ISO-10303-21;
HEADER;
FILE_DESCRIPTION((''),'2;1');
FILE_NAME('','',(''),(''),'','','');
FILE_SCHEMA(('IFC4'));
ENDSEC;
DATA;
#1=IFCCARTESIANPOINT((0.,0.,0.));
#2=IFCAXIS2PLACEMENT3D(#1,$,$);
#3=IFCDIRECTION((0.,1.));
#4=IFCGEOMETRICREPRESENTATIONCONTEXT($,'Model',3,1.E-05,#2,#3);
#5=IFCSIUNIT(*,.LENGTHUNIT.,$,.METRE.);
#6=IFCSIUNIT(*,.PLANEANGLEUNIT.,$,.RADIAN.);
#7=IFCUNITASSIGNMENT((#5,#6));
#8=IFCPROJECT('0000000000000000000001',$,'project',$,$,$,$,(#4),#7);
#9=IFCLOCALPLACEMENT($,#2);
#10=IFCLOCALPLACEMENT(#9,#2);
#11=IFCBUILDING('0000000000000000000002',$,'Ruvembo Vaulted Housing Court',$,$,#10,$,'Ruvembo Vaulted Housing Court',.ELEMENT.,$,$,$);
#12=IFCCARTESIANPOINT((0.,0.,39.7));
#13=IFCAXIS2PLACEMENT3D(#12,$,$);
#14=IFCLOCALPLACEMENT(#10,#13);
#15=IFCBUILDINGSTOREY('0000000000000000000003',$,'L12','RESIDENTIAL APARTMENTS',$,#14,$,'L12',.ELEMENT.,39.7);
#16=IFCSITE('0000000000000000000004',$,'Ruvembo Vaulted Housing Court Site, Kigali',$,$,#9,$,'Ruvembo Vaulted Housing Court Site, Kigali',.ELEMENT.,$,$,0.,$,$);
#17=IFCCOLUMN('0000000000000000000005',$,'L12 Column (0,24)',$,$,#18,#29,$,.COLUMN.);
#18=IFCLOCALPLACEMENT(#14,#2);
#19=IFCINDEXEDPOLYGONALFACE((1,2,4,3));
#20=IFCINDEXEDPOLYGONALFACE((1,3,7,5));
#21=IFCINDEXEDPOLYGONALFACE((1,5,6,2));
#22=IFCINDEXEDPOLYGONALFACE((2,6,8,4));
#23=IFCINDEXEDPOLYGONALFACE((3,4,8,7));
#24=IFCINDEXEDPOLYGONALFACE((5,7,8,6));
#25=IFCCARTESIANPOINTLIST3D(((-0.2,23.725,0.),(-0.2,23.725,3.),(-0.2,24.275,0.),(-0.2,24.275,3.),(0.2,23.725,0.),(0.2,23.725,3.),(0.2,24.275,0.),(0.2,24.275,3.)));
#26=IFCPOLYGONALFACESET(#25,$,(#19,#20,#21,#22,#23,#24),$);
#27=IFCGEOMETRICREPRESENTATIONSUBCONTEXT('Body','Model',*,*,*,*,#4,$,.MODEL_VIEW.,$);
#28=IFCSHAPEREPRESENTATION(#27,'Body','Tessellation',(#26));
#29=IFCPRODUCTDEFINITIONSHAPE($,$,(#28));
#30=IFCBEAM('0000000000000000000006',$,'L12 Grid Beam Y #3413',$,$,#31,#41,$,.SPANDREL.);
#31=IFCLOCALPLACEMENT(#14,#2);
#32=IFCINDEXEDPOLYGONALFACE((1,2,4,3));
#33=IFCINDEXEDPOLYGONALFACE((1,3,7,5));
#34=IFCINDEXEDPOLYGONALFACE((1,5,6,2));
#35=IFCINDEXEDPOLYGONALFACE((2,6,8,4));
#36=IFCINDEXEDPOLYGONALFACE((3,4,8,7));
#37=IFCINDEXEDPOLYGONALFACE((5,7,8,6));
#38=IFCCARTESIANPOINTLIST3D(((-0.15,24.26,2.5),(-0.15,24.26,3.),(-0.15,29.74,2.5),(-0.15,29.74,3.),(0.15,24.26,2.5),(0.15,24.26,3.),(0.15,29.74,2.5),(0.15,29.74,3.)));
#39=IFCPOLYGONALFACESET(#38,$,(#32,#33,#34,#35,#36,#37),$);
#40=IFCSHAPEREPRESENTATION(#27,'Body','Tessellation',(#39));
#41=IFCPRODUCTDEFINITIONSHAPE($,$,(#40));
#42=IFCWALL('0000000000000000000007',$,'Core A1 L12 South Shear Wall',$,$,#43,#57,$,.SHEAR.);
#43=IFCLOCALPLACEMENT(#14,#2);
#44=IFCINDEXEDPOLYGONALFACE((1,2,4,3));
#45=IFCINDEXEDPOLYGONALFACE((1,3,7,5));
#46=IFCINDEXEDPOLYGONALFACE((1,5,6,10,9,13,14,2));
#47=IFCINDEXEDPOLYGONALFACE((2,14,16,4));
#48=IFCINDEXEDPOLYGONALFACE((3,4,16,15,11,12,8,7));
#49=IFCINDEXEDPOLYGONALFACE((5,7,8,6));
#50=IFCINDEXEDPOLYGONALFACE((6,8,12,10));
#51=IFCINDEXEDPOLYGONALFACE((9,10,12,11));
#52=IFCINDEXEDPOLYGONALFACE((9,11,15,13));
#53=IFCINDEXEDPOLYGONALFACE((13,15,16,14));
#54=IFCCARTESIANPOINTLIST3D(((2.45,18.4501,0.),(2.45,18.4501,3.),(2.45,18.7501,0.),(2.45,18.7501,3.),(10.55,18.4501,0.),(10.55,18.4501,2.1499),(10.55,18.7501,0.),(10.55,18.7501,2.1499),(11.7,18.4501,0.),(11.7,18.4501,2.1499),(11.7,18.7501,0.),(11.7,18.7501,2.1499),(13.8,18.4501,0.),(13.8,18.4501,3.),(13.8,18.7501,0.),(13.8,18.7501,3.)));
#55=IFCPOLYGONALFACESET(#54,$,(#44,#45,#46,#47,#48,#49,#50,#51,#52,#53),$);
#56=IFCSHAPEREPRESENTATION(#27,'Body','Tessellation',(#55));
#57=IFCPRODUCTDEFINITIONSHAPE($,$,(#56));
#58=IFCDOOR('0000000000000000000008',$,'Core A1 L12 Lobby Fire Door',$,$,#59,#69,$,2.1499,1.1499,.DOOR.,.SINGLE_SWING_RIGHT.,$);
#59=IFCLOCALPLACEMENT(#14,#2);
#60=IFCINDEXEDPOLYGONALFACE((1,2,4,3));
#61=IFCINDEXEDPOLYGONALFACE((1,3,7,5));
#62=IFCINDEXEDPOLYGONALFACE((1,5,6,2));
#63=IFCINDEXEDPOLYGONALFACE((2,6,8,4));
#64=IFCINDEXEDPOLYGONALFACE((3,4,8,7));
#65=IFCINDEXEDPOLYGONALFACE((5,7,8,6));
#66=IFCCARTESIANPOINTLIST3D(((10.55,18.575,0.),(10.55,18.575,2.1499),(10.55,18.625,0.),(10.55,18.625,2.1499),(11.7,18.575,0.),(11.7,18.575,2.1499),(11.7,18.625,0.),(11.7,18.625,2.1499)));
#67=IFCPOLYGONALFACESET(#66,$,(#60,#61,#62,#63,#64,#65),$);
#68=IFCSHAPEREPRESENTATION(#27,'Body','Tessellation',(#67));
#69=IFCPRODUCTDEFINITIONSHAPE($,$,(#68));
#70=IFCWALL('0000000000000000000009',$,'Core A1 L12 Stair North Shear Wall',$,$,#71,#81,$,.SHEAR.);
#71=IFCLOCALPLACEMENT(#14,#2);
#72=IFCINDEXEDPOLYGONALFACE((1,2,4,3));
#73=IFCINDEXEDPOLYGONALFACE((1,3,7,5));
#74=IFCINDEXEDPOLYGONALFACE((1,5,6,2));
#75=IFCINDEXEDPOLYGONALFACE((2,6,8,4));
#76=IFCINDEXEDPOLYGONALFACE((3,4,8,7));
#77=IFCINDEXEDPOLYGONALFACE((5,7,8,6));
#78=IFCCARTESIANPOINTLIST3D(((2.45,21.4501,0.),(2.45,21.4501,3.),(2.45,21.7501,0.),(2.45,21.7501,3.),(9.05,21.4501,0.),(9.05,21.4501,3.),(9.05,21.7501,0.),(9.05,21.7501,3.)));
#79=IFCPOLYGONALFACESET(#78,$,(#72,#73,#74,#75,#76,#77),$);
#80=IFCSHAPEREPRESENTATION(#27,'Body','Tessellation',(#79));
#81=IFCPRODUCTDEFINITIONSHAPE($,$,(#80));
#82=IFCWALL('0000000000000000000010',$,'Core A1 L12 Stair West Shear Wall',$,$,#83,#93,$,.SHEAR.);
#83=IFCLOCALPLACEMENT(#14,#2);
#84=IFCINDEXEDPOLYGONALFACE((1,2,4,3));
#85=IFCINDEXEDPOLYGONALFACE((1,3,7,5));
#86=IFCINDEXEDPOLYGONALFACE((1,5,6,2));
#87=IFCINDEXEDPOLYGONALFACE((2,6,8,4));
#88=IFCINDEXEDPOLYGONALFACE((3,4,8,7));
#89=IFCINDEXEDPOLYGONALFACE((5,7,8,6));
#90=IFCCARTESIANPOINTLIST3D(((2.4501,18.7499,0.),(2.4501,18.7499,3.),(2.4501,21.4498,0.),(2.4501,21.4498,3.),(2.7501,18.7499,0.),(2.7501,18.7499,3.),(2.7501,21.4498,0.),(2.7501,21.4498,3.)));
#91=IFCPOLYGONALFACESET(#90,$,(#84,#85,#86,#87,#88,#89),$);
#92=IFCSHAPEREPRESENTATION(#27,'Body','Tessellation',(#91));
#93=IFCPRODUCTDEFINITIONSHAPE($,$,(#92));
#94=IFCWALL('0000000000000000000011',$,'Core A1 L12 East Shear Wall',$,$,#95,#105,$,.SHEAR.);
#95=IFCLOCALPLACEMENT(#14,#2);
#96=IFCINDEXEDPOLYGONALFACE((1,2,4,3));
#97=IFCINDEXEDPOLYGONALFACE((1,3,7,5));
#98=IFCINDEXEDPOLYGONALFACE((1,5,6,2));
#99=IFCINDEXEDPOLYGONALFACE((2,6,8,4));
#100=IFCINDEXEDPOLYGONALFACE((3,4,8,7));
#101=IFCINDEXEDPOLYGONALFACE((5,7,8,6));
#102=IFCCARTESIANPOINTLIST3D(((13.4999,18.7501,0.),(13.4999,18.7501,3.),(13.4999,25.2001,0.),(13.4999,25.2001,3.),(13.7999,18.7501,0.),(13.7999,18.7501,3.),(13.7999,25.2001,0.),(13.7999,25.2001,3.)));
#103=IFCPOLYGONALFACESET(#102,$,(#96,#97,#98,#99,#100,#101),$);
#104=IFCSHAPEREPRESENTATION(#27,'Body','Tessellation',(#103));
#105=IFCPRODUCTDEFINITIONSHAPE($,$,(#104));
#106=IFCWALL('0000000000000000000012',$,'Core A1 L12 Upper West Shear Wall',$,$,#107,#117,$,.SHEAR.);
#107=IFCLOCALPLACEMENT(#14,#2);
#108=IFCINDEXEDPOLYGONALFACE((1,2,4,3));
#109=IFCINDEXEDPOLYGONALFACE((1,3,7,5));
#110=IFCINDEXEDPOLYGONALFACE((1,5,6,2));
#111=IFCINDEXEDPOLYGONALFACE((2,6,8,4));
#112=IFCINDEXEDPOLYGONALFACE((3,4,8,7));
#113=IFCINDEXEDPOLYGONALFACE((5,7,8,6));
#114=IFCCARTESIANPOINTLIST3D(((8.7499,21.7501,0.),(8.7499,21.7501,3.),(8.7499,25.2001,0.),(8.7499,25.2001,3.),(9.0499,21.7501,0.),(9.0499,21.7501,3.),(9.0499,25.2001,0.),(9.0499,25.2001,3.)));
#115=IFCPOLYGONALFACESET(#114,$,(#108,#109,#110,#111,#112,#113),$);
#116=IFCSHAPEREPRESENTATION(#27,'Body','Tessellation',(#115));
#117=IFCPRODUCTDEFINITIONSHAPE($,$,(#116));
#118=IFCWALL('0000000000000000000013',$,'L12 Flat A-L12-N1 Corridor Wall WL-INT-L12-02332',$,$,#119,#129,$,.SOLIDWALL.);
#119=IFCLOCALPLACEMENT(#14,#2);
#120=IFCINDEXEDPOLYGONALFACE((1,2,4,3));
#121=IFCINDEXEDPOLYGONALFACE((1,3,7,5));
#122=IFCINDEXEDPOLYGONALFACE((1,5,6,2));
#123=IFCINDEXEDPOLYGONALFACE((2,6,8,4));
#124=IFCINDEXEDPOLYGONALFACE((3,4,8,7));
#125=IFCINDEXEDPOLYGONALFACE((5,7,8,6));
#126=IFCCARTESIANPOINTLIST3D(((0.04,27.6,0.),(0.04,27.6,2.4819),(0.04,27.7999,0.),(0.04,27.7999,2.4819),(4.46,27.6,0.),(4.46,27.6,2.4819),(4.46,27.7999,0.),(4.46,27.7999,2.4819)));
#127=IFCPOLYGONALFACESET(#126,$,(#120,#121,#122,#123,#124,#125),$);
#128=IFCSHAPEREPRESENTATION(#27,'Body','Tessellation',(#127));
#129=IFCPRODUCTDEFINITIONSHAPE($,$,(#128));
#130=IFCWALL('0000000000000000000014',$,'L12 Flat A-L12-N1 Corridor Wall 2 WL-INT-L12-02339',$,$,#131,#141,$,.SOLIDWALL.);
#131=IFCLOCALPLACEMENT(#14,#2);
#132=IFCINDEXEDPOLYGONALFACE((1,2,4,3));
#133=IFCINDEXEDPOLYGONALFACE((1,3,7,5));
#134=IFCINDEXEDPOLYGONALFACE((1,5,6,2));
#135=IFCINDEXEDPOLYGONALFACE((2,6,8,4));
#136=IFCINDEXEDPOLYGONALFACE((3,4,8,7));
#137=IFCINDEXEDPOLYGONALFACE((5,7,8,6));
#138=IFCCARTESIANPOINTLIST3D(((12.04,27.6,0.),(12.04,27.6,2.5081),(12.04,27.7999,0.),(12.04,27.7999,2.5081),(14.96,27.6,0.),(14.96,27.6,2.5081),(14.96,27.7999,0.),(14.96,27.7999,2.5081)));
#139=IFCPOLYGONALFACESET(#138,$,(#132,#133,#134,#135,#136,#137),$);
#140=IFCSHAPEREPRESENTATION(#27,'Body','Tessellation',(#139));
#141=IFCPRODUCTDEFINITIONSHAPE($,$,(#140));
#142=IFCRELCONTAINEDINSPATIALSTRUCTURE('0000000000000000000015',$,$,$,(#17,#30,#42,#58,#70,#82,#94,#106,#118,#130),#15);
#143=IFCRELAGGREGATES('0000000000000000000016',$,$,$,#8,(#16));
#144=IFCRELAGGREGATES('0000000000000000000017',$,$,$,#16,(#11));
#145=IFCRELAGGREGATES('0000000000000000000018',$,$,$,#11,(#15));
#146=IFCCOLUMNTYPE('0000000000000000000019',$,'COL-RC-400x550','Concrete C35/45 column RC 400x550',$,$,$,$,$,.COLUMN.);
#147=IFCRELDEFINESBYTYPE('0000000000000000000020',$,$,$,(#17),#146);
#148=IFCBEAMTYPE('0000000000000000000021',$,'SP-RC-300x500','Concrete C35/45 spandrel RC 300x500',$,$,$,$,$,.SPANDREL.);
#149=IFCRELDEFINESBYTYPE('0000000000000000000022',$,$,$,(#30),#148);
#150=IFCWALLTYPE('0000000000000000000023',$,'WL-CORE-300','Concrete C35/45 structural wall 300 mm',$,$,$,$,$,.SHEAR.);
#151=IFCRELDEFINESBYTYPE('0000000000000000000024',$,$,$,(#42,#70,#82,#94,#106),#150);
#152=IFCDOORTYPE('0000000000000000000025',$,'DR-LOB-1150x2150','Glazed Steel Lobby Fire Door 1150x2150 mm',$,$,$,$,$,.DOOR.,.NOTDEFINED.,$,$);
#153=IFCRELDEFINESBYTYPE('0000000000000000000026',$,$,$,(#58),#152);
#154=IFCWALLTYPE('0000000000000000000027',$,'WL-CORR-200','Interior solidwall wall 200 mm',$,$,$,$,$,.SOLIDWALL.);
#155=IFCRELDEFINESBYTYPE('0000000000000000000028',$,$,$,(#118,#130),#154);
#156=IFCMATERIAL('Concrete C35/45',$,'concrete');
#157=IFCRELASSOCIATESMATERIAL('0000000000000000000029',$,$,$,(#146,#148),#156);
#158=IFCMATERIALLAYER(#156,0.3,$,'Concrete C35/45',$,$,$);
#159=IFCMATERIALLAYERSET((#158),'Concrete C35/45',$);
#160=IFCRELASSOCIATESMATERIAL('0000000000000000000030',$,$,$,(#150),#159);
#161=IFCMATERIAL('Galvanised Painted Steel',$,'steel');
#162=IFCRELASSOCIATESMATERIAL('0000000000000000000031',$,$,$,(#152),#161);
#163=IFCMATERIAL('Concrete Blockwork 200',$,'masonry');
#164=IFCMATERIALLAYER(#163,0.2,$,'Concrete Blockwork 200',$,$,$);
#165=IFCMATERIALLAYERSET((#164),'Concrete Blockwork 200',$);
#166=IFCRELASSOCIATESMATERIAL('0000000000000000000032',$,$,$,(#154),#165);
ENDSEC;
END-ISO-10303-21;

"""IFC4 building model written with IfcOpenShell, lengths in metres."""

from ifc_helpers import new_model, si_unit, direction, frame, frame_2d, origin, origin_2d, place, context, subcontext, project, spatial, rectangle, extrude, material, layer, layer_set, material_profile, profile_set, type_object, element, fill, save


model = new_model("IFC4")

# Units and contexts
model_context = context("Model", 3, precision=1e-05, world=origin(), true_north=direction((0.0, 1.0)))
body_context = subcontext(model_context, "Body", "Model", "MODEL_VIEW")
ifc_project = project(units=[si_unit("LENGTHUNIT", "METRE"), si_unit("PLANEANGLEUNIT", "RADIAN")], contexts=[model_context])

# Site, building, storey
site_placement = place(None, origin())
site = spatial("IfcSite", under=ifc_project, at=site_placement, Name="Ruvembo Vaulted Housing Court Site, Kigali", LongName="Ruvembo Vaulted Housing Court Site, Kigali", CompositionType="ELEMENT", RefElevation=0.0)
building_placement = place(site_placement, origin())
building = spatial("IfcBuilding", under=site, at=building_placement, Name="Ruvembo Vaulted Housing Court", LongName="Ruvembo Vaulted Housing Court", CompositionType="ELEMENT")
storey_placement = place(building_placement, frame((0.0, 0.0, 39.7)))
storey = spatial("IfcBuildingStorey", under=building, at=storey_placement, Name="L12", Description="RESIDENTIAL APARTMENTS", LongName="L12", CompositionType="ELEMENT", Elevation=39.7)

# Column
ifc_material_1 = material(Name="Concrete C35/45", Category="concrete")
ifc_material_profile_1 = material_profile(ifc_material_1, rectangle(XDim=0.3999, YDim=0.55, at=origin_2d()), Name="RC 400x550")
ifc_profile_set_1 = profile_set([ifc_material_profile_1], Name="Concrete C35/45")
column_type = type_object("IfcColumnType", Name="COL-RC-400x550", Description="Concrete C35/45 column RC 400x550", PredefinedType="COLUMN", material=ifc_profile_set_1)
column_placement = place(storey_placement, frame((0.0, 24.0, 0.0), z_axis=(0.0, 0.0, 1.0), x_axis=(1.0, 0.0, 0.0)))
element("IfcColumn", 1, at=column_placement, inside=storey, type_object=column_type, Name="L12 Column (0,24)", PredefinedType="COLUMN", context=body_context, shape_type="SweptSolid", body=[
    extrude(rectangle(XDim=0.3999, YDim=0.55, at=origin_2d()), origin(), (0.0, 0.0, 1.0), 3.0),
])

# Beam
ifc_material_profile_2 = material_profile(ifc_material_1, rectangle(XDim=0.3, YDim=0.5, at=origin_2d()), Name="RC 300x500")
ifc_profile_set_2 = profile_set([ifc_material_profile_2], Name="Concrete C35/45")
beam_type = type_object("IfcBeamType", Name="SP-RC-300x500", Description="Concrete C35/45 spandrel RC 300x500", PredefinedType="SPANDREL", material=ifc_profile_set_2)
beam_placement = place(storey_placement, frame((0.0, 24.26, 2.75), z_axis=(0.0, 1.0, 0.0), x_axis=(-1.0, 0.0, 0.0)))
element("IfcBeam", 2, at=beam_placement, inside=storey, type_object=beam_type, Name="L12 Grid Beam Y #3413", PredefinedType="SPANDREL", context=body_context, shape_type="SweptSolid", body=[
    extrude(rectangle(XDim=0.3, YDim=0.5, at=origin_2d()), origin(), (0.0, 0.0, 1.0), 5.48),
])

# Wall, opening, door
ifc_layer_1 = layer(ifc_material_1, 0.3, Name="Concrete C35/45")
ifc_layer_set_1 = layer_set([ifc_layer_1], Name="Concrete C35/45")
wall_type_1 = type_object("IfcWallType", Name="WL-CORE-300", Description="Concrete C35/45 structural wall 300 mm", PredefinedType="SHEAR", material=ifc_layer_set_1)
wall_1_placement = place(storey_placement, frame((2.45, 18.6001, 0.0), z_axis=(0.0, 0.0, 1.0), x_axis=(1.0, 0.0, 0.0)))
wall_1 = element("IfcWall", 3, at=wall_1_placement, inside=storey, type_object=wall_type_1, Name="Core A1 L12 South Shear Wall", PredefinedType="SHEAR", context=body_context, shape_type="SweptSolid", body=[
    extrude(rectangle(XDim=11.3501, YDim=0.3, at=frame_2d((5.675, 0.0))), origin(), (0.0, 0.0, 1.0), 3.0),
])
opening_1_placement = place(wall_1_placement, frame((8.1001, 0.0, 0.0)))
opening_1 = element("IfcOpeningElement", 4, at=opening_1_placement, cuts=wall_1, PredefinedType="OPENING", context=body_context, shape_type="SweptSolid", body=[
    extrude(rectangle(XDim=1.1499, YDim=2.1499, at=frame_2d((0.575, 1.075))), frame((0.0, 0.1599, 0.0), z_axis=(0.0, -1.0, 0.0), x_axis=(1.0, 0.0, 0.0)), (0.0, 0.0, 1.0), 0.3201),
])
ifc_material_2 = material(Name="Galvanised Painted Steel", Category="steel")
door_type_1 = type_object("IfcDoorType", Name="DR-LOB-1150x2150", Description="Glazed Steel Lobby Fire Door 1150x2150 mm", OperationType="NOTDEFINED", PredefinedType="DOOR", material=ifc_material_2)
door_1_placement = place(opening_1_placement, origin())
door_1 = element("IfcDoor", 5, at=door_1_placement, inside=storey, type_object=door_type_1, Name="Core A1 L12 Lobby Fire Door", OperationType="SINGLE_SWING_RIGHT", OverallHeight=2.1499, OverallWidth=1.1499, PredefinedType="DOOR", context=body_context, shape_type="SweptSolid", body=[
    extrude(rectangle(XDim=1.1499, YDim=2.1499, at=frame_2d((0.575, 1.075))), frame((0.0, 0.0249, 0.0), z_axis=(0.0, -1.0, 0.0), x_axis=(1.0, 0.0, 0.0)), (0.0, 0.0, 1.0), 0.05),
])
fill(opening_1, door_1)

# Walls
wall_2_placement = place(storey_placement, frame((9.05, 21.6001, 0.0), z_axis=(0.0, 0.0, 1.0), x_axis=(-1.0, 0.0, 0.0)))
element("IfcWall", 6, at=wall_2_placement, inside=storey, type_object=wall_type_1, Name="Core A1 L12 Stair North Shear Wall", PredefinedType="SHEAR", context=body_context, shape_type="SweptSolid", body=[
    extrude(rectangle(XDim=6.6001, YDim=0.3, at=frame_2d((3.3, 0.0))), origin(), (0.0, 0.0, 1.0), 3.0),
])
wall_3_placement = place(storey_placement, frame((2.6001, 21.45, 0.0), z_axis=(0.0, 0.0, 1.0), x_axis=(0.0, -1.0, 0.0)))
element("IfcWall", 7, at=wall_3_placement, inside=storey, type_object=wall_type_1, Name="Core A1 L12 Stair West Shear Wall", PredefinedType="SHEAR", context=body_context, shape_type="SweptSolid", body=[
    extrude(rectangle(XDim=2.7, YDim=0.3, at=frame_2d((1.3501, 0.0))), origin(), (0.0, 0.0, 1.0), 3.0),
])

# Walls
wall_4_placement = place(storey_placement, frame((13.6499, 18.75, 0.0), z_axis=(0.0, 0.0, 1.0), x_axis=(0.0, 1.0, 0.0)))
element("IfcWall", 8, at=wall_4_placement, inside=storey, type_object=wall_type_1, Name="Core A1 L12 East Shear Wall", PredefinedType="SHEAR", context=body_context, shape_type="SweptSolid", body=[
    extrude(rectangle(XDim=6.45, YDim=0.3, at=frame_2d((3.2251, 0.0))), origin(), (0.0, 0.0, 1.0), 3.0),
])
wall_5_placement = place(storey_placement, frame((8.8999, 21.75, 0.0), z_axis=(0.0, 0.0, 1.0), x_axis=(0.0, 1.0, 0.0)))
element("IfcWall", 9, at=wall_5_placement, inside=storey, type_object=wall_type_1, Name="Core A1 L12 Upper West Shear Wall", PredefinedType="SHEAR", context=body_context, shape_type="SweptSolid", body=[
    extrude(rectangle(XDim=3.45, YDim=0.3, at=frame_2d((1.7251, 0.0))), origin(), (0.0, 0.0, 1.0), 3.0),
])
ifc_material_3 = material(Name="Concrete Blockwork 200", Category="masonry")
ifc_layer_2 = layer(ifc_material_3, 0.2, Name="Concrete Blockwork 200")
ifc_layer_set_2 = layer_set([ifc_layer_2], Name="Concrete Blockwork 200")
wall_type_2 = type_object("IfcWallType", Name="WL-CORR-200", Description="Interior solidwall wall 200 mm", PredefinedType="SOLIDWALL", material=ifc_layer_set_2)
wall_6_placement = place(storey_placement, frame((0.04, 27.7, 0.0), z_axis=(0.0, 0.0, 1.0), x_axis=(1.0, 0.0, 0.0)))
element("IfcWall", 10, at=wall_6_placement, inside=storey, type_object=wall_type_2, Name="L12 Flat A-L12-N1 Corridor Wall WL-INT-L12-02332", PredefinedType="SOLIDWALL", context=body_context, shape_type="SweptSolid", body=[
    extrude(rectangle(XDim=4.4199, YDim=0.2, at=frame_2d((2.21, 0.0))), origin(), (0.0, 0.0, 1.0), 2.4819),
])

# Wall
wall_7_placement = place(storey_placement, frame((12.04, 27.7, 0.0), z_axis=(0.0, 0.0, 1.0), x_axis=(1.0, 0.0, 0.0)))
element("IfcWall", 11, at=wall_7_placement, inside=storey, type_object=wall_type_2, Name="L12 Flat A-L12-N1 Corridor Wall 2 WL-INT-L12-02339", PredefinedType="SOLIDWALL", context=body_context, shape_type="SweptSolid", body=[
    extrude(rectangle(XDim=2.9199, YDim=0.2, at=frame_2d((1.46, 0.0))), origin(), (0.0, 0.0, 1.0), 2.5081),
])

save(model, "model.ifc")
